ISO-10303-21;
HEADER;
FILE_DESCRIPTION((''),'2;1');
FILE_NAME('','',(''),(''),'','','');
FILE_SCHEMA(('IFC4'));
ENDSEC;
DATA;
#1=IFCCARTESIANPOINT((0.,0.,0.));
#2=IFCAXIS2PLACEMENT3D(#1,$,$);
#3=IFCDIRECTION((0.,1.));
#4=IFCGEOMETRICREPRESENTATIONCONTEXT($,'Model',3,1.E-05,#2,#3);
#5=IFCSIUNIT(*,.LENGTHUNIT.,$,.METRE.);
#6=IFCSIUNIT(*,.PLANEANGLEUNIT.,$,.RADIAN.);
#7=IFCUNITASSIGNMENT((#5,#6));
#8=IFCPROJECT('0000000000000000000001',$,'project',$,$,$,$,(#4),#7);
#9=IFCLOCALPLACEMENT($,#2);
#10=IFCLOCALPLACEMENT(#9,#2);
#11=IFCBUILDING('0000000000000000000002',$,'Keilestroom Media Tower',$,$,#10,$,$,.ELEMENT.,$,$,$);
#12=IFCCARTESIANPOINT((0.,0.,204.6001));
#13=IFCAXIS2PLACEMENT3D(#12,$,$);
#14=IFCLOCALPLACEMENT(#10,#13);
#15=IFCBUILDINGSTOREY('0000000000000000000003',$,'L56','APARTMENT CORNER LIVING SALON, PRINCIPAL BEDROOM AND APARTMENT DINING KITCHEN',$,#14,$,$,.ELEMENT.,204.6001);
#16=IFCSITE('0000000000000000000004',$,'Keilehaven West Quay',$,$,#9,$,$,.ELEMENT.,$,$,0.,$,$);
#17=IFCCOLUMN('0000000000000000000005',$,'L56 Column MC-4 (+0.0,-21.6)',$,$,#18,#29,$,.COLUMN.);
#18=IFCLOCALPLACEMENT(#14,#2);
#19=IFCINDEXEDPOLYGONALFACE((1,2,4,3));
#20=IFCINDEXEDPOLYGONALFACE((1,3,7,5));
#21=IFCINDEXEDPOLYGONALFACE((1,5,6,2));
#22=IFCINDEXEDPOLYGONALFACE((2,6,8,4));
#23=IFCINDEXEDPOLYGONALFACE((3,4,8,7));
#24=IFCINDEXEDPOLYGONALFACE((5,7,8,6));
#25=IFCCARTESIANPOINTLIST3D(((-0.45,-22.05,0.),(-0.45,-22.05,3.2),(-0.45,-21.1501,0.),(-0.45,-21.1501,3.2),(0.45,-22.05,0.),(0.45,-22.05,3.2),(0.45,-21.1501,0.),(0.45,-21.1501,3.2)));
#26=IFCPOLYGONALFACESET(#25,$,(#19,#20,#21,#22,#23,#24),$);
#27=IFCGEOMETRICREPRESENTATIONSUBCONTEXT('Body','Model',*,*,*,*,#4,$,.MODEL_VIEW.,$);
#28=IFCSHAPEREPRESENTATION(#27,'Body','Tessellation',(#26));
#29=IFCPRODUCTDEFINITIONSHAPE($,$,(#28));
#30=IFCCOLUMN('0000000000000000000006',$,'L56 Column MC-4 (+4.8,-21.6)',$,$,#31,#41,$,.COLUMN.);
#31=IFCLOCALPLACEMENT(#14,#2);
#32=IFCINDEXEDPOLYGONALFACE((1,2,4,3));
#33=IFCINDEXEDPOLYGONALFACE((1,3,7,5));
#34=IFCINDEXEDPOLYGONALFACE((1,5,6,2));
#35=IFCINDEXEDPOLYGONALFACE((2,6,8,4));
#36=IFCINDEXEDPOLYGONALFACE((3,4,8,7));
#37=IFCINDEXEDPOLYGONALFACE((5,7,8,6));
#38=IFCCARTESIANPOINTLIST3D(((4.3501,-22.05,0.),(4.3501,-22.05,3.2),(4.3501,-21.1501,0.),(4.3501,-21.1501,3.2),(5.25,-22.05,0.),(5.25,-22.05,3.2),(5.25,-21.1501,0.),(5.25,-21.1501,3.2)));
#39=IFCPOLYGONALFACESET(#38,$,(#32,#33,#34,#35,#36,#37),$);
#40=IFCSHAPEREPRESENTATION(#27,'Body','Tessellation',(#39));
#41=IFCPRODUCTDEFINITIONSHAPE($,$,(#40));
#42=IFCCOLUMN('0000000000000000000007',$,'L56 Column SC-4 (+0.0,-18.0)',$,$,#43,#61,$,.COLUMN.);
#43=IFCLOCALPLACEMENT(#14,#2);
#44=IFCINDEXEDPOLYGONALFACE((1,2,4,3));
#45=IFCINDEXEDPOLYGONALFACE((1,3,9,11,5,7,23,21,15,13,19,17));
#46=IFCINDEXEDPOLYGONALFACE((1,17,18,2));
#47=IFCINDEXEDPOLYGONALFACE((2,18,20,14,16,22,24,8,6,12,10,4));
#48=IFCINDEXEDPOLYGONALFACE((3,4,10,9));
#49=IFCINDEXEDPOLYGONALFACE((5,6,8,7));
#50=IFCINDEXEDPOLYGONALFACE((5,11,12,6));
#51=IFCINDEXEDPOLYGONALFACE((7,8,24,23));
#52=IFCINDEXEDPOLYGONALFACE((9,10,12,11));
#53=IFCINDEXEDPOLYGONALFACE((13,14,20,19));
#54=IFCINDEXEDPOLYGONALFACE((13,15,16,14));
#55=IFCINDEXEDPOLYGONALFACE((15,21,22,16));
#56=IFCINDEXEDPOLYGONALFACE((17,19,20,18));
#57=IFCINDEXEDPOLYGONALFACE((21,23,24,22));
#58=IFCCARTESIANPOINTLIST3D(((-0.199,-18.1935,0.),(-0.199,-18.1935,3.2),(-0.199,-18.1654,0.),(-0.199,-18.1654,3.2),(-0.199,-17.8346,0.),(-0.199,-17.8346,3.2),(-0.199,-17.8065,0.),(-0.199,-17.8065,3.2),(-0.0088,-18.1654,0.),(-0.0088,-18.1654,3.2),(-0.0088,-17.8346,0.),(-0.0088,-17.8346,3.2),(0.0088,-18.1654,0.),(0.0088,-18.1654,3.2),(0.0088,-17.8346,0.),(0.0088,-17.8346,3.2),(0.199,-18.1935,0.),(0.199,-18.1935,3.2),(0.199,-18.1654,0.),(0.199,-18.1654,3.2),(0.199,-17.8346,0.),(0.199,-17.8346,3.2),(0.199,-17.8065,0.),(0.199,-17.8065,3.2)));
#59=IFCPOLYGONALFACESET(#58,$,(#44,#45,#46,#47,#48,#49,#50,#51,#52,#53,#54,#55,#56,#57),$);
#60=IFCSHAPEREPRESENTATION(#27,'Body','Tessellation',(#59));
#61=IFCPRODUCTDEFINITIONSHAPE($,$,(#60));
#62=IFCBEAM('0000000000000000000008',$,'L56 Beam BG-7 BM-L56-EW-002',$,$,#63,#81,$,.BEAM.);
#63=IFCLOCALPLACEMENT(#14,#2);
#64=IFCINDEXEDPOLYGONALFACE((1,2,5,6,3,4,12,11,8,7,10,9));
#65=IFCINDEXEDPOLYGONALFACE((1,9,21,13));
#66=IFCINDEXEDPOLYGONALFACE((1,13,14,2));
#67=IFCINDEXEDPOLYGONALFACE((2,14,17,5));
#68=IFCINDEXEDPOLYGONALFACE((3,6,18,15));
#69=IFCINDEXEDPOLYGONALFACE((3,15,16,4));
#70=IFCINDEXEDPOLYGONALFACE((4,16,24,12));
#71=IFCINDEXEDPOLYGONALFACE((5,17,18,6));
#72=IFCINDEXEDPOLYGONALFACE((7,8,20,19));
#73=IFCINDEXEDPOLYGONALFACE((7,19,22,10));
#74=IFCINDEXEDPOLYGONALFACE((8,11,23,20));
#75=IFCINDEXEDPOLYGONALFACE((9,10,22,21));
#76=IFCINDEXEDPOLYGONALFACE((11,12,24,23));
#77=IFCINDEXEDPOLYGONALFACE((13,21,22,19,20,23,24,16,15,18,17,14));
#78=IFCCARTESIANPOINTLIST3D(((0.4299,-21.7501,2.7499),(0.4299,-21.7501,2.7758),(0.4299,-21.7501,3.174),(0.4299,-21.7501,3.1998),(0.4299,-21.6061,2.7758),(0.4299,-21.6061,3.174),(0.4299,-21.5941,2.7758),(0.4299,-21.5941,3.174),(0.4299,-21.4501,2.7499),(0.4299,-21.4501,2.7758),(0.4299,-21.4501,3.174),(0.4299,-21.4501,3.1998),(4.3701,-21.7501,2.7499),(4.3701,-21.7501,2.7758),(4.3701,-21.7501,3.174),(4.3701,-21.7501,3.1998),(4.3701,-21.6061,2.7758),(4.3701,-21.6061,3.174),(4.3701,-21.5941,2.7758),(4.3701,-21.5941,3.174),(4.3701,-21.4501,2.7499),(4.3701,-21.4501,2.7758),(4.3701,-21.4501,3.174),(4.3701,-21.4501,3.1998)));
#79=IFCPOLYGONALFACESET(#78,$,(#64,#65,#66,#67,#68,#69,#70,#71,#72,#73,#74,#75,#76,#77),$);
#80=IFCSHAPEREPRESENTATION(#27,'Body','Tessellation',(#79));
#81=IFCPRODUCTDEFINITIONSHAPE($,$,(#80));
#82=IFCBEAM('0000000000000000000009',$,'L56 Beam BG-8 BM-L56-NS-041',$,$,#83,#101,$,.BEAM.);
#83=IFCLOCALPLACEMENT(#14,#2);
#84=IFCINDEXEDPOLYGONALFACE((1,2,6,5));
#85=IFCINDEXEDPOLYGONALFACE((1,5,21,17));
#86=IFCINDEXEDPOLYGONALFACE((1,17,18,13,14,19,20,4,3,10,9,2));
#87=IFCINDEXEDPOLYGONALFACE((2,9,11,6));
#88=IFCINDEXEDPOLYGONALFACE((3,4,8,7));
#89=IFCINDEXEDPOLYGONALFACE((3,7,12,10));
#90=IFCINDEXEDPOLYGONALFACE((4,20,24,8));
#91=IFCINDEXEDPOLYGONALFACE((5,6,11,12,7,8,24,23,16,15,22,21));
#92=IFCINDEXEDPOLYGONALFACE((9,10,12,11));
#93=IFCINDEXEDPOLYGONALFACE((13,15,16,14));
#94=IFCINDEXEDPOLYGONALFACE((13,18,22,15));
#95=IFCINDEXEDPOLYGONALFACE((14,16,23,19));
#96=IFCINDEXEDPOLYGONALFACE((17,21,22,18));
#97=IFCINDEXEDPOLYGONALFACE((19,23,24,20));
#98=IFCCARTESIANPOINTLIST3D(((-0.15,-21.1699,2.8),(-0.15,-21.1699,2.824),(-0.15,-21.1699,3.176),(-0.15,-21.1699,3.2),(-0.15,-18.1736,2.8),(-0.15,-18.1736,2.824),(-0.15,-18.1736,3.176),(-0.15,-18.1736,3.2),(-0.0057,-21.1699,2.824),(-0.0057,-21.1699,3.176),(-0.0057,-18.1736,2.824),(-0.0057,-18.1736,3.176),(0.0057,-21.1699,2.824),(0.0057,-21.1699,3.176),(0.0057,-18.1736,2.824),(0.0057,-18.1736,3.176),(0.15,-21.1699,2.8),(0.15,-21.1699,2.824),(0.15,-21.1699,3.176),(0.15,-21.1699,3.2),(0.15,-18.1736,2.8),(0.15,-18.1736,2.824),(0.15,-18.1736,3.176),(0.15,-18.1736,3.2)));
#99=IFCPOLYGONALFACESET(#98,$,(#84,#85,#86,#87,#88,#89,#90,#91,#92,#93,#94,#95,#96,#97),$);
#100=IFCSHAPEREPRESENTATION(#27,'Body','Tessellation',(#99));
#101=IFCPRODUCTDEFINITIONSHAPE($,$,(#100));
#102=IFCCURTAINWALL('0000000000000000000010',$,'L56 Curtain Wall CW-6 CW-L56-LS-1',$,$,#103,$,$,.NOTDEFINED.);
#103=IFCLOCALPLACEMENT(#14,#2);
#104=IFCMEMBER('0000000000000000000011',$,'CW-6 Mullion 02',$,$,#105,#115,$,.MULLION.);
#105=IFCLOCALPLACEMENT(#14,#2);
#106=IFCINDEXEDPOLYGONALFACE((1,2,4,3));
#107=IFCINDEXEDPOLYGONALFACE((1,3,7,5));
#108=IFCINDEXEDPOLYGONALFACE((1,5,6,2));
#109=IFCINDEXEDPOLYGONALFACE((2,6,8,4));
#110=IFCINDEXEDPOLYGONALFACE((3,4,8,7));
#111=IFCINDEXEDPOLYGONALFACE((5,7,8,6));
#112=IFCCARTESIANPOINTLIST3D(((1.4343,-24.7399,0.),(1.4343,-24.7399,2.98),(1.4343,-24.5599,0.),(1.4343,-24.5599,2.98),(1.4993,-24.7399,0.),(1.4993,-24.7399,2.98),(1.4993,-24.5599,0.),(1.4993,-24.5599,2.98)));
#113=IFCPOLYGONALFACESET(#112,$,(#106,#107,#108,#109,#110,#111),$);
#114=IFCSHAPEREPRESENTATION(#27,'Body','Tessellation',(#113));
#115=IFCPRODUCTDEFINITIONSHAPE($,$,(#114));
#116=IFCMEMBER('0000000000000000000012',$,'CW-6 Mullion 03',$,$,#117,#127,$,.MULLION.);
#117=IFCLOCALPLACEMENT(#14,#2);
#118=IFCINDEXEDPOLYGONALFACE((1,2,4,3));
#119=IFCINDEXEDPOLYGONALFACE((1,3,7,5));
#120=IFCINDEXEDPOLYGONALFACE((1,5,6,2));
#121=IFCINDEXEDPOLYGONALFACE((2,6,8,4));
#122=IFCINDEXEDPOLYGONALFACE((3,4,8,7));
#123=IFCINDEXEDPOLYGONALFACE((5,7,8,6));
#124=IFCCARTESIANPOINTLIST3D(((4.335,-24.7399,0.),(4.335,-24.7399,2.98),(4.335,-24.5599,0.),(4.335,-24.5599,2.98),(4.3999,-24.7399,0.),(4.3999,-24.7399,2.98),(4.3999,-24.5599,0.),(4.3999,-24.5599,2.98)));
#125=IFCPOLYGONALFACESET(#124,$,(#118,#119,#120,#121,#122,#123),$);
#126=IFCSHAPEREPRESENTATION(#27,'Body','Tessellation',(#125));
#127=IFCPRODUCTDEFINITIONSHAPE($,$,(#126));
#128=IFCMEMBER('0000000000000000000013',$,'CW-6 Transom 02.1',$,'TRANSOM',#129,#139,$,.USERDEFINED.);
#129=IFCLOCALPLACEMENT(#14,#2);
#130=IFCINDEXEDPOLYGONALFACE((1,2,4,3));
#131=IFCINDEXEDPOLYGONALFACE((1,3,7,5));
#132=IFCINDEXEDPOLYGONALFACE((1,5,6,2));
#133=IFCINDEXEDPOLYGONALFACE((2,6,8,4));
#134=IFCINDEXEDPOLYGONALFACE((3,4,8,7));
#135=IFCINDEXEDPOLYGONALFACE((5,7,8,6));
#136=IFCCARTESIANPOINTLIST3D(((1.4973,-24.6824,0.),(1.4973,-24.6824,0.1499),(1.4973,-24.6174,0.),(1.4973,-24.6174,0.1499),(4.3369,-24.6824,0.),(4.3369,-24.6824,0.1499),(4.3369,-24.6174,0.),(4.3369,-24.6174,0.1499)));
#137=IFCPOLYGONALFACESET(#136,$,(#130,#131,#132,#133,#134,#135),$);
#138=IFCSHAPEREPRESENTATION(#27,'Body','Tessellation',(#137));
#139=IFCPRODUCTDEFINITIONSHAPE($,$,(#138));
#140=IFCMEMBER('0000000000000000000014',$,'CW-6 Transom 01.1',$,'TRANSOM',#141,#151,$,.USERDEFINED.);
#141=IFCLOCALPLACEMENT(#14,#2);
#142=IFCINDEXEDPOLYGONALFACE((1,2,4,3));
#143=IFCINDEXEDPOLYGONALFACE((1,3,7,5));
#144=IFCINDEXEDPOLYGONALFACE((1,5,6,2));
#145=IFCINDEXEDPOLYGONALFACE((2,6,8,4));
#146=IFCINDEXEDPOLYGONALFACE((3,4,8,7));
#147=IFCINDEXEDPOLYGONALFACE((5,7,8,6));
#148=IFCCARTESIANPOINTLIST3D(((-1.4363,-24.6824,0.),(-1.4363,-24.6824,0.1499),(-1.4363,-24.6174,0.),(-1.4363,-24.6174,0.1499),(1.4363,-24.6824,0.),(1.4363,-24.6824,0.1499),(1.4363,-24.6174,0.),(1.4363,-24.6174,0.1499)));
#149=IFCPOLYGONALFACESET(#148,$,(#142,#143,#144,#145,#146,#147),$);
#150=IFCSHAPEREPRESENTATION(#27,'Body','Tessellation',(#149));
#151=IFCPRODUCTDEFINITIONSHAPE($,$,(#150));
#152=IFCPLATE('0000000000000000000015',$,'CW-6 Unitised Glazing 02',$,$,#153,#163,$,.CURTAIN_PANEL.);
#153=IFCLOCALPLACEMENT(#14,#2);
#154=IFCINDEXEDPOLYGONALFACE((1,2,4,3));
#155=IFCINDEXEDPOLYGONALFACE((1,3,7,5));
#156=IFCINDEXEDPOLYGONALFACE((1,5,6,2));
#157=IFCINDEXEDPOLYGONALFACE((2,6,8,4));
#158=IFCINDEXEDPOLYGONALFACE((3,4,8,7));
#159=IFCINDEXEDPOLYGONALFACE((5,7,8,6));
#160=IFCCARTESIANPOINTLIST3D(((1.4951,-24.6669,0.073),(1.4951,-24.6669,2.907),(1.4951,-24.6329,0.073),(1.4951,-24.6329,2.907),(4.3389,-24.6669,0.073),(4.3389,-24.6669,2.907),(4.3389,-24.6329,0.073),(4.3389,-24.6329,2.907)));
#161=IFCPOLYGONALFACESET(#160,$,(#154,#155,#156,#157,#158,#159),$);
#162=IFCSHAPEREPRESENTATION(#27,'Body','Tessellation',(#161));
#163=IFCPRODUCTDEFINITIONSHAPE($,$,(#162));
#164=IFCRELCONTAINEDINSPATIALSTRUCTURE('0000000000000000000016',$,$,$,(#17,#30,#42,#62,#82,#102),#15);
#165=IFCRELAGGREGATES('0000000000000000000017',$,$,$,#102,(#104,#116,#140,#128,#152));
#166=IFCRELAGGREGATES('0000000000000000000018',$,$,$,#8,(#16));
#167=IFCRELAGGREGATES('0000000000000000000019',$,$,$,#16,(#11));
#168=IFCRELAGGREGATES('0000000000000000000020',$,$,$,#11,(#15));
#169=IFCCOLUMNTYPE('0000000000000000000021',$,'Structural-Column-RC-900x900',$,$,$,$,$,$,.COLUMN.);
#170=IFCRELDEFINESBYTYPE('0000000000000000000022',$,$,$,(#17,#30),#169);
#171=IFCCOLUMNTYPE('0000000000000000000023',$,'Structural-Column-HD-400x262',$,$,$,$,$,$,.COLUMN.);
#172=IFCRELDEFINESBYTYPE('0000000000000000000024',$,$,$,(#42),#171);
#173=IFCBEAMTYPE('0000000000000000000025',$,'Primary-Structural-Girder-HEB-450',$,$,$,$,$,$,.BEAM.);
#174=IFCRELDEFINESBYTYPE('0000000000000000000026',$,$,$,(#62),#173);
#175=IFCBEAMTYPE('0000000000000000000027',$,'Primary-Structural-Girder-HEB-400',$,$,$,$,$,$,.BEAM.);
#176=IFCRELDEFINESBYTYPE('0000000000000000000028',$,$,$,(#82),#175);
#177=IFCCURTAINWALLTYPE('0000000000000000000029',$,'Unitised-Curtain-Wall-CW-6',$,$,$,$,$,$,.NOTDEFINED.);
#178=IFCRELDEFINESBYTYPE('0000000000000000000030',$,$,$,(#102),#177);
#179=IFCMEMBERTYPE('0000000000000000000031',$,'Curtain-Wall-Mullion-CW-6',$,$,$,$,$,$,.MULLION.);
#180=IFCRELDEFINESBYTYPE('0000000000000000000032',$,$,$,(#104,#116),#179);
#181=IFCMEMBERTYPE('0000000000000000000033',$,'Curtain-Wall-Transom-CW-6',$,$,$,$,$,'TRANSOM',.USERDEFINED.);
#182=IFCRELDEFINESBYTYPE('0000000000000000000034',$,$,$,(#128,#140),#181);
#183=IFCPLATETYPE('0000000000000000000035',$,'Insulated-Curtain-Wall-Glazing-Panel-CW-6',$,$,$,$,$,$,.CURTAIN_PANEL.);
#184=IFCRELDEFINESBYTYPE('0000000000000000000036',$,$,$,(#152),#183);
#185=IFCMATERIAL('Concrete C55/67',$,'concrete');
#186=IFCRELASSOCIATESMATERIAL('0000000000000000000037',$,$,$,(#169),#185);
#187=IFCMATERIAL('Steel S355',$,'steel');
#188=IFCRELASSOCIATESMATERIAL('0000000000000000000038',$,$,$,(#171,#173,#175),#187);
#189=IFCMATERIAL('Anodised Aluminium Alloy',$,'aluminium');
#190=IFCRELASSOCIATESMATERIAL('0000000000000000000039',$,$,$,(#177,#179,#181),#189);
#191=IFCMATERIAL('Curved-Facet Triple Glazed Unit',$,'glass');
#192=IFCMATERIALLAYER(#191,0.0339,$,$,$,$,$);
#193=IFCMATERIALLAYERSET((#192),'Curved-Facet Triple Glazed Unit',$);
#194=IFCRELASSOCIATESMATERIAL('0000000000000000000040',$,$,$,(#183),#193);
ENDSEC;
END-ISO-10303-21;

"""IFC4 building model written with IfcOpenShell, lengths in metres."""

from ifc_helpers import new_model, si_unit, direction, frame, origin, origin_2d, place, context, subcontext, project, spatial, rectangle, i_section, extrude, source, transform, mapped, material, layer, layer_set, material_profile, profile_set, type_object, element, aggregate, save


model = new_model("IFC4")

# Units and contexts
model_context = context("Model", 3, precision=1e-05, world=origin(), true_north=direction((0.0, 1.0)))
body_context = subcontext(model_context, "Body", "Model", "MODEL_VIEW")
ifc_project = project(units=[si_unit("LENGTHUNIT", "METRE"), si_unit("PLANEANGLEUNIT", "RADIAN")], contexts=[model_context])

# Site, building, storey
site_placement = place(None, origin())
site = spatial("IfcSite", under=ifc_project, at=site_placement, Name="Keilehaven West Quay", CompositionType="ELEMENT", RefElevation=0.0)
building_placement = place(site_placement, origin())
building = spatial("IfcBuilding", under=site, at=building_placement, Name="Keilestroom Media Tower", CompositionType="ELEMENT")
storey_placement = place(building_placement, frame((0.0, 0.0, 204.6001)))
storey = spatial("IfcBuildingStorey", under=building, at=storey_placement, Name="L56", Description="APARTMENT CORNER LIVING SALON, PRINCIPAL BEDROOM AND APARTMENT DINING KITCHEN", CompositionType="ELEMENT", Elevation=204.6001)

# Columns
ifc_material_1 = material(Name="Concrete C55/67", Category="concrete")
ifc_material_profile_1 = material_profile(ifc_material_1, rectangle(XDim=0.8999, YDim=0.8999, at=origin_2d()), Name="RC 900x900")
ifc_profile_set_1 = profile_set([ifc_material_profile_1], Name="Concrete C55/67")
column_type_1 = type_object("IfcColumnType", Name="Structural-Column-RC-900x900", PredefinedType="COLUMN", material=ifc_profile_set_1)
shared_shape_1 = source(origin(), body_context, "Body", "SweptSolid", [
    extrude(rectangle(XDim=0.8999, YDim=0.8999, at=origin_2d()), origin(), (0.0, 0.0, 1.0), 3.2),
])
for number, where, z_axis, x_axis, name in (
    (1, (0.0, -21.6001, 0.0), (0.0, 0.0, 1.0), (1.0, 0.0, 0.0), "L56 Column MC-4 (+0.0,-21.6)"),
    (2, (4.8, -21.6001, 0.0), (0.0, 0.0, 1.0), (1.0, 0.0, 0.0), "L56 Column MC-4 (+4.8,-21.6)"),
):
    element("IfcColumn", number, at=place(storey_placement, frame(where, z_axis=z_axis, x_axis=x_axis)), inside=storey, type_object=column_type_1, Name=name, PredefinedType="COLUMN", context=body_context, shape_type="MappedRepresentation", body=[
        mapped(shared_shape_1, transform((0.0, 0.0, 0.0), x_axis=(1.0, 0.0, 0.0), y_axis=(0.0, 1.0, 0.0), z_axis=(0.0, 0.0, 1.0), scale=1.0)),
    ])
ifc_material_2 = material(Name="Steel S355", Category="steel")
ifc_material_profile_2 = material_profile(ifc_material_2, i_section(OverallWidth=0.3979, OverallDepth=0.387, WebThickness=0.0176, FlangeThickness=0.0281, at=origin_2d()), Name="HD 400x262")
ifc_profile_set_2 = profile_set([ifc_material_profile_2], Name="Steel S355")
column_type_2 = type_object("IfcColumnType", Name="Structural-Column-HD-400x262", PredefinedType="COLUMN", material=ifc_profile_set_2)
shared_shape_2 = source(origin(), body_context, "Body", "SweptSolid", [
    extrude(i_section(OverallWidth=0.3979, OverallDepth=0.387, WebThickness=0.0176, FlangeThickness=0.0281, at=origin_2d()), origin(), (0.0, 0.0, 1.0), 3.2),
])
column_placement = place(storey_placement, frame((0.0, -18.0, 0.0), z_axis=(0.0, 0.0, 1.0), x_axis=(1.0, 0.0, 0.0)))
element("IfcColumn", 3, at=column_placement, inside=storey, type_object=column_type_2, Name="L56 Column SC-4 (+0.0,-18.0)", PredefinedType="COLUMN", context=body_context, shape_type="MappedRepresentation", body=[
    mapped(shared_shape_2, transform((0.0, 0.0, 0.0), x_axis=(1.0, 0.0, 0.0), y_axis=(0.0, 1.0, 0.0), z_axis=(0.0, 0.0, 1.0), scale=1.0)),
])

# Beams
ifc_material_profile_3 = material_profile(ifc_material_2, i_section(OverallWidth=0.3, OverallDepth=0.45, WebThickness=0.012, FlangeThickness=0.0259, at=origin_2d()), Name="HEB 450")
ifc_profile_set_3 = profile_set([ifc_material_profile_3], Name="Steel S355")
beam_type_1 = type_object("IfcBeamType", Name="Primary-Structural-Girder-HEB-450", PredefinedType="BEAM", material=ifc_profile_set_3)
shared_shape_3 = source(origin(), body_context, "Body", "SweptSolid", [
    extrude(i_section(OverallWidth=0.3, OverallDepth=0.45, WebThickness=0.012, FlangeThickness=0.0259, at=origin_2d()), origin(), (0.0, 0.0, 1.0), 3.9402),
])
beam_1_placement = place(storey_placement, frame((0.4299, -21.6001, 2.9749), z_axis=(1.0, 0.0, 0.0), x_axis=(0.0, 1.0, 0.0)))
element("IfcBeam", 4, at=beam_1_placement, inside=storey, type_object=beam_type_1, Name="L56 Beam BG-7 BM-L56-EW-002", PredefinedType="BEAM", context=body_context, shape_type="MappedRepresentation", body=[
    mapped(shared_shape_3, transform((0.0, 0.0, 0.0), x_axis=(1.0, 0.0, 0.0), y_axis=(0.0, 1.0, 0.0), z_axis=(0.0, 0.0, 1.0), scale=1.0)),
])
ifc_material_profile_4 = material_profile(ifc_material_2, i_section(OverallWidth=0.3, OverallDepth=0.3999, WebThickness=0.0115, FlangeThickness=0.0239, at=origin_2d()), Name="HEB 400")
ifc_profile_set_4 = profile_set([ifc_material_profile_4], Name="Steel S355")
beam_type_2 = type_object("IfcBeamType", Name="Primary-Structural-Girder-HEB-400", PredefinedType="BEAM", material=ifc_profile_set_4)
shared_shape_4 = source(origin(), body_context, "Body", "SweptSolid", [
    extrude(i_section(OverallWidth=0.3, OverallDepth=0.3999, WebThickness=0.0115, FlangeThickness=0.0239, at=origin_2d()), origin(), (0.0, 0.0, 1.0), 2.9963),
])
beam_2_placement = place(storey_placement, frame((0.0, -21.1699, 3.0), z_axis=(0.0, 1.0, 0.0), x_axis=(-1.0, 0.0, 0.0)))
element("IfcBeam", 5, at=beam_2_placement, inside=storey, type_object=beam_type_2, Name="L56 Beam BG-8 BM-L56-NS-041", PredefinedType="BEAM", context=body_context, shape_type="MappedRepresentation", body=[
    mapped(shared_shape_4, transform((0.0, 0.0, 0.0), x_axis=(1.0, 0.0, 0.0), y_axis=(0.0, 1.0, 0.0), z_axis=(0.0, 0.0, 1.0), scale=1.0)),
])

# Curtain wall, members, plate
ifc_material_3 = material(Name="Anodised Aluminium Alloy", Category="aluminium")
curtain_wall_type = type_object("IfcCurtainWallType", Name="Unitised-Curtain-Wall-CW-6", PredefinedType="NOTDEFINED", material=ifc_material_3)
curtain_wall_placement = place(storey_placement, origin())
curtain_wall = element("IfcCurtainWall", 6, at=curtain_wall_placement, inside=storey, type_object=curtain_wall_type, Name="L56 Curtain Wall CW-6 CW-L56-LS-1", PredefinedType="NOTDEFINED")
ifc_material_profile_5 = material_profile(ifc_material_3, rectangle(XDim=0.0649, YDim=0.1799, at=origin_2d()), Name="ALU MULLION 65x180")
ifc_profile_set_5 = profile_set([ifc_material_profile_5], Name="Anodised Aluminium Alloy")
member_type_1 = type_object("IfcMemberType", Name="Curtain-Wall-Mullion-CW-6", PredefinedType="MULLION", material=ifc_profile_set_5)
shared_shape_5 = source(origin(), body_context, "Body", "SweptSolid", [
    extrude(rectangle(XDim=0.0649, YDim=0.1799, at=origin_2d()), origin(), (0.0, 0.0, 1.0), 2.98),
])
member_1_placement = place(storey_placement, frame((1.4668, -24.6499, 0.0), z_axis=(0.0, 0.0, 1.0), x_axis=(1.0, 0.0, 0.0)))
member_1 = element("IfcMember", 7, at=member_1_placement, type_object=member_type_1, Name="CW-6 Mullion 02", PredefinedType="MULLION", context=body_context, shape_type="MappedRepresentation", body=[
    mapped(shared_shape_5, transform((0.0, 0.0, 0.0), x_axis=(1.0, 0.0, 0.0), y_axis=(0.0, 1.0, 0.0), z_axis=(0.0, 0.0, 1.0), scale=1.0)),
])
member_2_placement = place(storey_placement, frame((4.3674, -24.6499, 0.0), z_axis=(0.0, 0.0, 1.0), x_axis=(1.0, 0.0, 0.0)))
member_2 = element("IfcMember", 8, at=member_2_placement, type_object=member_type_1, Name="CW-6 Mullion 03", PredefinedType="MULLION", context=body_context, shape_type="MappedRepresentation", body=[
    mapped(shared_shape_5, transform((0.0, 0.0, 0.0), x_axis=(1.0, 0.0, 0.0), y_axis=(0.0, 1.0, 0.0), z_axis=(0.0, 0.0, 1.0), scale=1.0)),
])
ifc_material_profile_6 = material_profile(ifc_material_3, rectangle(XDim=0.0649, YDim=0.1499, at=origin_2d()), Name="ALU TRANSOM 65x150")
ifc_profile_set_6 = profile_set([ifc_material_profile_6], Name="Anodised Aluminium Alloy")
member_type_2 = type_object("IfcMemberType", Name="Curtain-Wall-Transom-CW-6", ElementType="TRANSOM", PredefinedType="USERDEFINED", material=ifc_profile_set_6)
shared_shape_6 = source(origin(), body_context, "Body", "SweptSolid", [
    extrude(rectangle(XDim=0.0649, YDim=0.1499, at=origin_2d()), origin(), (0.0, 0.0, 1.0), 2.8396),
])
member_3_placement = place(storey_placement, frame((1.4973, -24.6499, 0.075), z_axis=(1.0, 0.0, 0.0), x_axis=(0.0, 1.0, 0.0)))
member_3 = element("IfcMember", 9, at=member_3_placement, type_object=member_type_2, Name="CW-6 Transom 02.1", ObjectType="TRANSOM", PredefinedType="USERDEFINED", context=body_context, shape_type="MappedRepresentation", body=[
    mapped(shared_shape_6, transform((0.0, 0.0, 0.0), x_axis=(1.0, 0.0, 0.0), y_axis=(0.0, 1.0, 0.0), z_axis=(0.0, 0.0, 1.0), scale=1.0)),
])
shared_shape_7 = source(origin(), body_context, "Body", "SweptSolid", [
    extrude(rectangle(XDim=0.0649, YDim=0.1499, at=origin_2d()), origin(), (0.0, 0.0, 1.0), 2.8726),
])
member_4_placement = place(storey_placement, frame((-1.4363, -24.6499, 0.075), z_axis=(1.0, 0.0, 0.0), x_axis=(0.0, 1.0, 0.0)))
member_4 = element("IfcMember", 10, at=member_4_placement, type_object=member_type_2, Name="CW-6 Transom 01.1", ObjectType="TRANSOM", PredefinedType="USERDEFINED", context=body_context, shape_type="MappedRepresentation", body=[
    mapped(shared_shape_7, transform((0.0, 0.0, 0.0), x_axis=(1.0, 0.0, 0.0), y_axis=(0.0, 1.0, 0.0), z_axis=(0.0, 0.0, 1.0), scale=1.0)),
])
ifc_material_4 = material(Name="Curved-Facet Triple Glazed Unit", Category="glass")
ifc_layer_1 = layer(ifc_material_4, 0.0339)
ifc_layer_set_1 = layer_set([ifc_layer_1], Name="Curved-Facet Triple Glazed Unit")
plate_type = type_object("IfcPlateType", Name="Insulated-Curtain-Wall-Glazing-Panel-CW-6", PredefinedType="CURTAIN_PANEL", material=ifc_layer_set_1)
shared_shape_8 = source(origin(), body_context, "Body", "SweptSolid", [
    extrude(rectangle(XDim=2.8438, YDim=0.0339, at=origin_2d()), origin(), (0.0, 0.0, 1.0), 2.834),
])
plate_1_placement = place(storey_placement, frame((2.917, -24.6499, 0.073), z_axis=(0.0, 0.0, 1.0), x_axis=(1.0, 0.0, 0.0)))
plate_1 = element("IfcPlate", 11, at=plate_1_placement, type_object=plate_type, Name="CW-6 Unitised Glazing 02", PredefinedType="CURTAIN_PANEL", context=body_context, shape_type="MappedRepresentation", body=[
    mapped(shared_shape_8, transform((0.0, 0.0, 0.0), x_axis=(1.0, 0.0, 0.0), y_axis=(0.0, 1.0, 0.0), z_axis=(0.0, 0.0, 1.0), scale=1.0)),
])
aggregate(curtain_wall, [member_1, member_2, member_4, member_3, plate_1])

save(model, "model.ifc")
